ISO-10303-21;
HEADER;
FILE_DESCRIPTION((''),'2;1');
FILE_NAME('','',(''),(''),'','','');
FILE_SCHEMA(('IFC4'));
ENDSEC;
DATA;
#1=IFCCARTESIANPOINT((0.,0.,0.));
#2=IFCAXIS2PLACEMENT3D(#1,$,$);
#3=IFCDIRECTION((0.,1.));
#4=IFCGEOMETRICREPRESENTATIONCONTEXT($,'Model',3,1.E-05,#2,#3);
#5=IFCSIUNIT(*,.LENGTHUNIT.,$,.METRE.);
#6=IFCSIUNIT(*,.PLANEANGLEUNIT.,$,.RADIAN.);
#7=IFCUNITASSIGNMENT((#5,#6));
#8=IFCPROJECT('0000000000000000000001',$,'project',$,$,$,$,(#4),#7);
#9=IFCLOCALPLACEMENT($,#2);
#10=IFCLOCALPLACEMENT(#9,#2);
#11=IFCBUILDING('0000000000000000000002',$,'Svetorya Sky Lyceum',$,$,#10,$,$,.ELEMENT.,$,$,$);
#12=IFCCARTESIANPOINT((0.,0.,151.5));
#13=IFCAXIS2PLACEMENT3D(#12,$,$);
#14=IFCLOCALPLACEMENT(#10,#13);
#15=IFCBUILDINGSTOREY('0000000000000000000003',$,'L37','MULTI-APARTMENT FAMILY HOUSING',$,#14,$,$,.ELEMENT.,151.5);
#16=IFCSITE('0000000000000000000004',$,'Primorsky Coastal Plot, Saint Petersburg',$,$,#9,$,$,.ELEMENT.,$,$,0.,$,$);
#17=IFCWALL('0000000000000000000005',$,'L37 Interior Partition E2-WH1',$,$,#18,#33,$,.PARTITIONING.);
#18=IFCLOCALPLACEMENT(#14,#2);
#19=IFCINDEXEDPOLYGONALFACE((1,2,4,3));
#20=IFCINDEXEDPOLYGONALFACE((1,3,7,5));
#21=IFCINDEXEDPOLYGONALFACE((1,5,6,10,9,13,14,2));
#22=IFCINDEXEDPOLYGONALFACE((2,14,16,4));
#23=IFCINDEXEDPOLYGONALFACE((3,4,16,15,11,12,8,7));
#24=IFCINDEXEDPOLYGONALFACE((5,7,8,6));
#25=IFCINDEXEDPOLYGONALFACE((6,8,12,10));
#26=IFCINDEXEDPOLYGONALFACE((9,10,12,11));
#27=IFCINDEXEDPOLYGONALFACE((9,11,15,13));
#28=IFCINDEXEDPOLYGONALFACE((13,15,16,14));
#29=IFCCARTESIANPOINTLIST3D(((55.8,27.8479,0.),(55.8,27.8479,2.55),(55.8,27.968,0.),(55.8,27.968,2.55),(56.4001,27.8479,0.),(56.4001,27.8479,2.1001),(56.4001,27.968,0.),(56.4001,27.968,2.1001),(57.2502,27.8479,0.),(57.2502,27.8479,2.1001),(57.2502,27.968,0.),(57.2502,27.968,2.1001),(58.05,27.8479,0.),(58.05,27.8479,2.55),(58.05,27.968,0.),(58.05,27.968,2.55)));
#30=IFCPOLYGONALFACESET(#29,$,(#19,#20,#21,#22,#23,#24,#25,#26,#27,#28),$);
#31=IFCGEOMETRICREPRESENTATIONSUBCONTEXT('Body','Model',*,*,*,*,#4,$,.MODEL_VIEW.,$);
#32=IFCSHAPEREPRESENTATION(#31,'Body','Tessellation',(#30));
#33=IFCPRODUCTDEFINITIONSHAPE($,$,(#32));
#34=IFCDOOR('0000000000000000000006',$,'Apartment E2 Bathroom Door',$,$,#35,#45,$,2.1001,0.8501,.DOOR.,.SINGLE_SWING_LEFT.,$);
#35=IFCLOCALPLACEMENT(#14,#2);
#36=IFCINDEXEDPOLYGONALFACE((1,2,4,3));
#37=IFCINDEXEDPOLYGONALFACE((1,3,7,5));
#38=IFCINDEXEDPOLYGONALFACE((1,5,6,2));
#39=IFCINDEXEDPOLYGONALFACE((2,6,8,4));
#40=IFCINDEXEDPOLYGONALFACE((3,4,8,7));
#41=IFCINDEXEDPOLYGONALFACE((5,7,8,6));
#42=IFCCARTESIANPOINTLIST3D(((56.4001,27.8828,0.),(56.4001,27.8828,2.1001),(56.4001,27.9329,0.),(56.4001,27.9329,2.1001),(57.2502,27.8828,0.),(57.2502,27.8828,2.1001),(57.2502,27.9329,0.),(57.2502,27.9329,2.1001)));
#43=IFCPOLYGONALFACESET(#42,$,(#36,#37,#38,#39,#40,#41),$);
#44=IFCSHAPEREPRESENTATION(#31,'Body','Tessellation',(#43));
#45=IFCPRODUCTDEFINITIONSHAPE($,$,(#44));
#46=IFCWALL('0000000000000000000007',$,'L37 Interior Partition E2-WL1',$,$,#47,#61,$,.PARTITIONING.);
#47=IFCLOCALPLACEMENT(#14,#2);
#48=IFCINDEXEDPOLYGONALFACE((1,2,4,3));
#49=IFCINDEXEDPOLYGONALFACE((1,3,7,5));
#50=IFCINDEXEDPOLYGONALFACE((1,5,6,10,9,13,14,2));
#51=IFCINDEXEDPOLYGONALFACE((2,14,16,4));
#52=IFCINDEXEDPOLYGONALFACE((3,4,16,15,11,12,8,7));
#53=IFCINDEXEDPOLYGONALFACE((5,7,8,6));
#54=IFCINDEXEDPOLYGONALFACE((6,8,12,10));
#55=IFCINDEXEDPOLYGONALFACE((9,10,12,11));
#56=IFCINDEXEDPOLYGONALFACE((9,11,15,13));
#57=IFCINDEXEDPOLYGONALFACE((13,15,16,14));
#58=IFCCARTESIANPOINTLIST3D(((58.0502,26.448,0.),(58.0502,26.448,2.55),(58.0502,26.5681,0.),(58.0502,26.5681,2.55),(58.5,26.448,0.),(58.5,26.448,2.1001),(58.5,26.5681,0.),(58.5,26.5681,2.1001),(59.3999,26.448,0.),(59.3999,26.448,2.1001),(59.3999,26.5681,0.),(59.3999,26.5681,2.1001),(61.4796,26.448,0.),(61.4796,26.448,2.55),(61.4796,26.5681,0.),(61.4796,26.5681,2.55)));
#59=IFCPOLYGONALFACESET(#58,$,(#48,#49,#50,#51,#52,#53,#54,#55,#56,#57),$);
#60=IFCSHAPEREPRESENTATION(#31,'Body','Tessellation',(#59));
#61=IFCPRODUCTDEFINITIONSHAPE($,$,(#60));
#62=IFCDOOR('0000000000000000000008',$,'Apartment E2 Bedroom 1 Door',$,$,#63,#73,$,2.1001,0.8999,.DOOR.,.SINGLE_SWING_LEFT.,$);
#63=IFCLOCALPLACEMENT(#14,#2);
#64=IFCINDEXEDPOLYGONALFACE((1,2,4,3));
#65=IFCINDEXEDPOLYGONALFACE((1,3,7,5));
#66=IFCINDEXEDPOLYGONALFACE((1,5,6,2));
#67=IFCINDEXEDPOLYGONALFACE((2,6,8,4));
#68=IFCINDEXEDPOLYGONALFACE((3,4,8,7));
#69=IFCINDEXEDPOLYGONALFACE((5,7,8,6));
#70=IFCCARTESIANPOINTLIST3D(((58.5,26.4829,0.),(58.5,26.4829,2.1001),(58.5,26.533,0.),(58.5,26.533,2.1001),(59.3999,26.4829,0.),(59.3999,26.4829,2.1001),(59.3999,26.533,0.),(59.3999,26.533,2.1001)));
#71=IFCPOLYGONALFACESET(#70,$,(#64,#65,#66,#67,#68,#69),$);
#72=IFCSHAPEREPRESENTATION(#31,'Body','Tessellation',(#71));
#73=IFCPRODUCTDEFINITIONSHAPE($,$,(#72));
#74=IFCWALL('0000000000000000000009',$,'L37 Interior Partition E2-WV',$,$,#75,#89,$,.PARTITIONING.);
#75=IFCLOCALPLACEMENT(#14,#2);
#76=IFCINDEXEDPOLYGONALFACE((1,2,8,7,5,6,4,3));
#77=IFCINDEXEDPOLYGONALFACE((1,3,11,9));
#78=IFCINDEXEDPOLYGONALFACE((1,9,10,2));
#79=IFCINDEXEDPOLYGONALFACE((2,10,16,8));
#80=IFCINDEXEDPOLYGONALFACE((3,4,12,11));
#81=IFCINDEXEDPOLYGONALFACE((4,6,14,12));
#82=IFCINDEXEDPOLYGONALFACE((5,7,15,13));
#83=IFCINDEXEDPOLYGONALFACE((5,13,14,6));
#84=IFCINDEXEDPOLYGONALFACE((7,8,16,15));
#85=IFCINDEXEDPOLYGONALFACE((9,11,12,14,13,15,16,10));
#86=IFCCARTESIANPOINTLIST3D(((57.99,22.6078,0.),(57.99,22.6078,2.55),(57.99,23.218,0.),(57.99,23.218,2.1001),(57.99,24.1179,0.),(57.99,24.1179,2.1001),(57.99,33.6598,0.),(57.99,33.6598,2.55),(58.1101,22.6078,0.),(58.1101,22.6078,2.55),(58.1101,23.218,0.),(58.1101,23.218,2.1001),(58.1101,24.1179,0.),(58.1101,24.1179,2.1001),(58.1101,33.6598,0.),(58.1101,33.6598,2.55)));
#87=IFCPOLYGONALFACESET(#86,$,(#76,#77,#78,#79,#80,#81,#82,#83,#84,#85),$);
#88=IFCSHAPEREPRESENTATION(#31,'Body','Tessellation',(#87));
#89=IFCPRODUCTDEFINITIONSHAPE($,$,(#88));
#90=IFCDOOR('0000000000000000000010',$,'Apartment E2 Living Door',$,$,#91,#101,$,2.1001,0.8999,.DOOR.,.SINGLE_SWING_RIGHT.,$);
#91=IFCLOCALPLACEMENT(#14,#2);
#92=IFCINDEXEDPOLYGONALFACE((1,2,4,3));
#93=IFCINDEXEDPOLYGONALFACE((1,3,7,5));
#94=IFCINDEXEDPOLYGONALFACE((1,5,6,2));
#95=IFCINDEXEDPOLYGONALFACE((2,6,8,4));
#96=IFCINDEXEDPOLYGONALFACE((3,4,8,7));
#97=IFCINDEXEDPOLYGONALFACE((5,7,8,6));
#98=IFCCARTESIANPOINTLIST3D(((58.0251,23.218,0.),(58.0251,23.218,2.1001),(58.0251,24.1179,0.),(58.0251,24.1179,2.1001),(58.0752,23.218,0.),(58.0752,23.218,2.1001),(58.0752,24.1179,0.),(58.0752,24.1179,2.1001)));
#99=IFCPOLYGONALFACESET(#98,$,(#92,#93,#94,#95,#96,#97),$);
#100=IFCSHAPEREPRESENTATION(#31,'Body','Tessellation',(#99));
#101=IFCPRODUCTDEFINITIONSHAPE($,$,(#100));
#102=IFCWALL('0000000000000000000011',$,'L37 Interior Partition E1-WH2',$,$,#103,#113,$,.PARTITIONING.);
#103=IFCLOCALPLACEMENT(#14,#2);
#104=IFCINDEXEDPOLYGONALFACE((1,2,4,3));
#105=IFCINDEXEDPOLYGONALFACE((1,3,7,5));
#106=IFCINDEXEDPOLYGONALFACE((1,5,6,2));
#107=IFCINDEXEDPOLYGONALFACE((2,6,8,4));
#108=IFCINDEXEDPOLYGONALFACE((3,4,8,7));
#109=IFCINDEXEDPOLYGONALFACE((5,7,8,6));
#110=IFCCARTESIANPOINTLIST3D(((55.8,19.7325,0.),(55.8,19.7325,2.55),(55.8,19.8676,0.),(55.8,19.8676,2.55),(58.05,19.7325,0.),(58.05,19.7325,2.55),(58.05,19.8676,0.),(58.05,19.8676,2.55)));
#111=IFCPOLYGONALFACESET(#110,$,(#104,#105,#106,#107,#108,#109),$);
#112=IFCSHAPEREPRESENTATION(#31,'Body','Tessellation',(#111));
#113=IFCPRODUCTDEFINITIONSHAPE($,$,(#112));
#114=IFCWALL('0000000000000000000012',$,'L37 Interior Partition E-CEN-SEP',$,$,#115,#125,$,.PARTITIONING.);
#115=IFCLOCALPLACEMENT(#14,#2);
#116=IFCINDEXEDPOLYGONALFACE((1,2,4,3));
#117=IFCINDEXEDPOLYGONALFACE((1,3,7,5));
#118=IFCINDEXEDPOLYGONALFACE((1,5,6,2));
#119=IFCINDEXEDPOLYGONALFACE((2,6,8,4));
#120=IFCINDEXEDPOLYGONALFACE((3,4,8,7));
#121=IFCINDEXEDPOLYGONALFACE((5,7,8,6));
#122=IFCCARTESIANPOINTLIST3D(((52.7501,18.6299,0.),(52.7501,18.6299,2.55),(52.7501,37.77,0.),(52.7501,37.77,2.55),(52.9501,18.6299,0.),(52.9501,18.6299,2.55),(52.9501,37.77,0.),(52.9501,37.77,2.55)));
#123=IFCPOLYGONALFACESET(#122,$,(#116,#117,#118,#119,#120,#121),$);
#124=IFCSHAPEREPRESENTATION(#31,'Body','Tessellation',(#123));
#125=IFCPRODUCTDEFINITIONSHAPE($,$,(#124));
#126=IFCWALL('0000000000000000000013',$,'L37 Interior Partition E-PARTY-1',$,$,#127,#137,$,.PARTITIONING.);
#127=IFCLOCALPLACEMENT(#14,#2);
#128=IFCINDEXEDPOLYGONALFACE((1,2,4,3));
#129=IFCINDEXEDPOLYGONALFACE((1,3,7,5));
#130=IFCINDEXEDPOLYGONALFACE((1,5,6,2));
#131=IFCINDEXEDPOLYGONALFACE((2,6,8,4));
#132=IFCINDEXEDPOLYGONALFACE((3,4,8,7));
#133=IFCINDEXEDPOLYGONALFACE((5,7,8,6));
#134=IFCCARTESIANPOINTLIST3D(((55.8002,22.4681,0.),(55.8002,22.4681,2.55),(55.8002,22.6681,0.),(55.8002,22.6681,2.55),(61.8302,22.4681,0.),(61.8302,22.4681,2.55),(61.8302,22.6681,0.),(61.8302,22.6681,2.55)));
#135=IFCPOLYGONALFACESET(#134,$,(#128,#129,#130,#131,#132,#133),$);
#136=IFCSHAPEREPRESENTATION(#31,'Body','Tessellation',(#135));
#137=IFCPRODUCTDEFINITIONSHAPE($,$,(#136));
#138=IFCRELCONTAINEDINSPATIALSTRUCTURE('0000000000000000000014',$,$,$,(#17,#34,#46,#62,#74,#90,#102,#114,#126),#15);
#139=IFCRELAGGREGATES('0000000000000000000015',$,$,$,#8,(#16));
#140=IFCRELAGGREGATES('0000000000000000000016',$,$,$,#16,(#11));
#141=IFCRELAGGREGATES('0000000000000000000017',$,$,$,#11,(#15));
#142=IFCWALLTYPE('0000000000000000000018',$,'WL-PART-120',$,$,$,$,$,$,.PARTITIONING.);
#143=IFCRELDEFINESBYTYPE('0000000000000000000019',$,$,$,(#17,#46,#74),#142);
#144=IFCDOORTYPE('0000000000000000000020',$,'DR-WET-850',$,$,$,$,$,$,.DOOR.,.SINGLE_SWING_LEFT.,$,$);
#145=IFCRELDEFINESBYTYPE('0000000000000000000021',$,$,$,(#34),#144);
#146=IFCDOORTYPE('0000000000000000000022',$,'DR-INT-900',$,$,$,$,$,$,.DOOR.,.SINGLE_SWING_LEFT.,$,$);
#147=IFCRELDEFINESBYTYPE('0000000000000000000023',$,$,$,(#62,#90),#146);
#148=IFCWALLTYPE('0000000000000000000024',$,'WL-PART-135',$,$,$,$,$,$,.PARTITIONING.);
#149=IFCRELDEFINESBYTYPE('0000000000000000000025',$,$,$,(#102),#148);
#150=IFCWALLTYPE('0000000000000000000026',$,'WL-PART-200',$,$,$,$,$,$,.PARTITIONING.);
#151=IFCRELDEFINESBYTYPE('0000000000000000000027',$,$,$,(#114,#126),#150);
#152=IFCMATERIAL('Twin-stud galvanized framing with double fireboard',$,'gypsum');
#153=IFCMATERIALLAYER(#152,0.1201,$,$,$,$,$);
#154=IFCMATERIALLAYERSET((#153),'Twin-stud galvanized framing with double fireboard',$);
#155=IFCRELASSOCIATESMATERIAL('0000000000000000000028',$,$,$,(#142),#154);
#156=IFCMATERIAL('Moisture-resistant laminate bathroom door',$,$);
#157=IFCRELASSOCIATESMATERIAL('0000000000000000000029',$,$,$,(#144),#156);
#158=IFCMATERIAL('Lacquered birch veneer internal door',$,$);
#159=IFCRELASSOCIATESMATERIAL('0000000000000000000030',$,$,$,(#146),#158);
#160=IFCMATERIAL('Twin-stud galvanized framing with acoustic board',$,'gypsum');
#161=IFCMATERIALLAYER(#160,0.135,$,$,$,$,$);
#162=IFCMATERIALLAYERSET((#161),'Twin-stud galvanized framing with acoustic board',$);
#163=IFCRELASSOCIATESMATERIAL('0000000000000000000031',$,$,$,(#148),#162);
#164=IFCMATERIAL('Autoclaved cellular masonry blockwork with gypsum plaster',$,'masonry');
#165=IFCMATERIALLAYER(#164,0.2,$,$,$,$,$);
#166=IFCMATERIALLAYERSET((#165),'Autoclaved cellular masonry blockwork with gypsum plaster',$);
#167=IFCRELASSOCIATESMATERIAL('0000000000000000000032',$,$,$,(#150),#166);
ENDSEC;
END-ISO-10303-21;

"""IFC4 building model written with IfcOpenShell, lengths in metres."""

from ifc_helpers import new_model, si_unit, direction, frame, frame_2d, origin, place, context, subcontext, project, spatial, rectangle, extrude, material, layer, layer_set, type_object, element, fill, save


model = new_model("IFC4")

# Units and contexts
model_context = context("Model", 3, precision=1e-05, world=origin(), true_north=direction((0.0, 1.0)))
body_context = subcontext(model_context, "Body", "Model", "MODEL_VIEW")
ifc_project = project(units=[si_unit("LENGTHUNIT", "METRE"), si_unit("PLANEANGLEUNIT", "RADIAN")], contexts=[model_context])

# Site, building, storey
site_placement = place(None, origin())
site = spatial("IfcSite", under=ifc_project, at=site_placement, Name="Primorsky Coastal Plot, Saint Petersburg", CompositionType="ELEMENT", RefElevation=0.0)
building_placement = place(site_placement, origin())
building = spatial("IfcBuilding", under=site, at=building_placement, Name="Svetorya Sky Lyceum", CompositionType="ELEMENT")
storey_placement = place(building_placement, frame((0.0, 0.0, 151.5)))
storey = spatial("IfcBuildingStorey", under=building, at=storey_placement, Name="L37", Description="MULTI-APARTMENT FAMILY HOUSING", CompositionType="ELEMENT", Elevation=151.5)

# Walls, openings, doors
ifc_material_1 = material(Name="Twin-stud galvanized framing with double fireboard", Category="gypsum")
ifc_layer_1 = layer(ifc_material_1, 0.1201)
ifc_layer_set_1 = layer_set([ifc_layer_1], Name="Twin-stud galvanized framing with double fireboard")
wall_type_1 = type_object("IfcWallType", Name="WL-PART-120", PredefinedType="PARTITIONING", material=ifc_layer_set_1)
wall_1_placement = place(storey_placement, frame((55.8, 27.908, 0.0), z_axis=(0.0, 0.0, 1.0), x_axis=(1.0, 0.0, 0.0)))
wall_1 = element("IfcWall", 1, at=wall_1_placement, inside=storey, type_object=wall_type_1, Name="L37 Interior Partition E2-WH1", PredefinedType="PARTITIONING", context=body_context, shape_type="SweptSolid", body=[
    extrude(rectangle(XDim=2.25, YDim=0.1201, at=frame_2d((1.125, 0.0))), origin(), (0.0, 0.0, 1.0), 2.55),
])
opening_1_placement = place(wall_1_placement, frame((0.6001, 0.0, 0.0)))
opening_1 = element("IfcOpeningElement", 2, at=opening_1_placement, cuts=wall_1, PredefinedType="OPENING", context=body_context, shape_type="SweptSolid", body=[
    extrude(rectangle(XDim=0.8501, YDim=2.1001, at=frame_2d((0.425, 1.05))), frame((0.0, 0.0701, 0.0), z_axis=(0.0, -1.0, 0.0), x_axis=(1.0, 0.0, 0.0)), (0.0, 0.0, 1.0), 0.1401),
])
ifc_material_2 = material(Name="Moisture-resistant laminate bathroom door")
door_type_1 = type_object("IfcDoorType", Name="DR-WET-850", OperationType="SINGLE_SWING_LEFT", PredefinedType="DOOR", material=ifc_material_2)
door_1_placement = place(opening_1_placement, origin())
door_1 = element("IfcDoor", 3, at=door_1_placement, inside=storey, type_object=door_type_1, Name="Apartment E2 Bathroom Door", OperationType="SINGLE_SWING_LEFT", OverallHeight=2.1001, OverallWidth=0.8501, PredefinedType="DOOR", context=body_context, shape_type="SweptSolid", body=[
    extrude(rectangle(XDim=0.8501, YDim=2.1001, at=frame_2d((0.425, 1.05))), frame((0.0, 0.0249, 0.0), z_axis=(0.0, -1.0, 0.0), x_axis=(1.0, 0.0, 0.0)), (0.0, 0.0, 1.0), 0.05),
])
fill(opening_1, door_1)
wall_2_placement = place(storey_placement, frame((58.05, 26.5081, 0.0), z_axis=(0.0, 0.0, 1.0), x_axis=(1.0, 0.0, 0.0)))
wall_2 = element("IfcWall", 4, at=wall_2_placement, inside=storey, type_object=wall_type_1, Name="L37 Interior Partition E2-WL1", PredefinedType="PARTITIONING", context=body_context, shape_type="SweptSolid", body=[
    extrude(rectangle(XDim=3.4294, YDim=0.1201, at=frame_2d((1.7148, 0.0))), origin(), (0.0, 0.0, 1.0), 2.55),
])
opening_2_placement = place(wall_2_placement, frame((0.45, 0.0, 0.0)))
opening_2 = element("IfcOpeningElement", 5, at=opening_2_placement, cuts=wall_2, PredefinedType="OPENING", context=body_context, shape_type="SweptSolid", body=[
    extrude(rectangle(XDim=0.8999, YDim=2.1001, at=frame_2d((0.45, 1.05))), frame((0.0, 0.0701, 0.0), z_axis=(0.0, -1.0, 0.0), x_axis=(1.0, 0.0, 0.0)), (0.0, 0.0, 1.0), 0.1401),
])
ifc_material_3 = material(Name="Lacquered birch veneer internal door")
door_type_2 = type_object("IfcDoorType", Name="DR-INT-900", OperationType="SINGLE_SWING_LEFT", PredefinedType="DOOR", material=ifc_material_3)
door_2_placement = place(opening_2_placement, origin())
door_2 = element("IfcDoor", 6, at=door_2_placement, inside=storey, type_object=door_type_2, Name="Apartment E2 Bedroom 1 Door", OperationType="SINGLE_SWING_LEFT", OverallHeight=2.1001, OverallWidth=0.8999, PredefinedType="DOOR", context=body_context, shape_type="SweptSolid", body=[
    extrude(rectangle(XDim=0.8999, YDim=2.1001, at=frame_2d((0.45, 1.05))), frame((0.0, 0.0249, 0.0), z_axis=(0.0, -1.0, 0.0), x_axis=(1.0, 0.0, 0.0)), (0.0, 0.0, 1.0), 0.05),
])
fill(opening_2, door_2)
wall_3_placement = place(storey_placement, frame((58.05, 22.6079, 0.0), z_axis=(0.0, 0.0, 1.0), x_axis=(0.0, 1.0, 0.0)))
wall_3 = element("IfcWall", 7, at=wall_3_placement, inside=storey, type_object=wall_type_1, Name="L37 Interior Partition E2-WV", PredefinedType="PARTITIONING", context=body_context, shape_type="SweptSolid", body=[
    extrude(rectangle(XDim=11.052, YDim=0.1201, at=frame_2d((5.5259, 0.0))), origin(), (0.0, 0.0, 1.0), 2.55),
])
opening_3_placement = place(wall_3_placement, frame((0.6101, 0.0, 0.0)))
opening_3 = element("IfcOpeningElement", 8, at=opening_3_placement, cuts=wall_3, PredefinedType="OPENING", context=body_context, shape_type="SweptSolid", body=[
    extrude(rectangle(XDim=0.8999, YDim=2.1001, at=frame_2d((0.45, 1.05))), frame((0.0, 0.0701, 0.0), z_axis=(0.0, -1.0, 0.0), x_axis=(1.0, 0.0, 0.0)), (0.0, 0.0, 1.0), 0.1401),
])
door_3_placement = place(opening_3_placement, origin())
door_3 = element("IfcDoor", 9, at=door_3_placement, inside=storey, type_object=door_type_2, Name="Apartment E2 Living Door", OperationType="SINGLE_SWING_RIGHT", OverallHeight=2.1001, OverallWidth=0.8999, PredefinedType="DOOR", context=body_context, shape_type="SweptSolid", body=[
    extrude(rectangle(XDim=0.8999, YDim=2.1001, at=frame_2d((0.45, 1.05))), frame((0.0, 0.0249, 0.0), z_axis=(0.0, -1.0, 0.0), x_axis=(1.0, 0.0, 0.0)), (0.0, 0.0, 1.0), 0.05),
])
fill(opening_3, door_3)

# Walls
ifc_material_4 = material(Name="Twin-stud galvanized framing with acoustic board", Category="gypsum")
ifc_layer_2 = layer(ifc_material_4, 0.135)
ifc_layer_set_2 = layer_set([ifc_layer_2], Name="Twin-stud galvanized framing with acoustic board")
wall_type_2 = type_object("IfcWallType", Name="WL-PART-135", PredefinedType="PARTITIONING", material=ifc_layer_set_2)
wall_4_placement = place(storey_placement, frame((55.8, 19.8, 0.0), z_axis=(0.0, 0.0, 1.0), x_axis=(1.0, 0.0, 0.0)))
element("IfcWall", 10, at=wall_4_placement, inside=storey, type_object=wall_type_2, Name="L37 Interior Partition E1-WH2", PredefinedType="PARTITIONING", context=body_context, shape_type="SweptSolid", body=[
    extrude(rectangle(XDim=2.25, YDim=0.135, at=frame_2d((1.125, 0.0))), origin(), (0.0, 0.0, 1.0), 2.55),
])
ifc_material_5 = material(Name="Autoclaved cellular masonry blockwork with gypsum plaster", Category="masonry")
ifc_layer_3 = layer(ifc_material_5, 0.2)
ifc_layer_set_3 = layer_set([ifc_layer_3], Name="Autoclaved cellular masonry blockwork with gypsum plaster")
wall_type_3 = type_object("IfcWallType", Name="WL-PART-200", PredefinedType="PARTITIONING", material=ifc_layer_set_3)
wall_5_placement = place(storey_placement, frame((52.8501, 18.6299, 0.0), z_axis=(0.0, 0.0, 1.0), x_axis=(0.0, 1.0, 0.0)))
element("IfcWall", 11, at=wall_5_placement, inside=storey, type_object=wall_type_3, Name="L37 Interior Partition E-CEN-SEP", PredefinedType="PARTITIONING", context=body_context, shape_type="SweptSolid", body=[
    extrude(rectangle(XDim=19.1401, YDim=0.2, at=frame_2d((9.5701, 0.0))), origin(), (0.0, 0.0, 1.0), 2.55),
])
wall_6_placement = place(storey_placement, frame((55.8, 22.5681, 0.0), z_axis=(0.0, 0.0, 1.0), x_axis=(1.0, 0.0, 0.0)))
element("IfcWall", 12, at=wall_6_placement, inside=storey, type_object=wall_type_3, Name="L37 Interior Partition E-PARTY-1", PredefinedType="PARTITIONING", context=body_context, shape_type="SweptSolid", body=[
    extrude(rectangle(XDim=6.03, YDim=0.2, at=frame_2d((3.0151, 0.0))), origin(), (0.0, 0.0, 1.0), 2.55),
])

save(model, "model.ifc")
